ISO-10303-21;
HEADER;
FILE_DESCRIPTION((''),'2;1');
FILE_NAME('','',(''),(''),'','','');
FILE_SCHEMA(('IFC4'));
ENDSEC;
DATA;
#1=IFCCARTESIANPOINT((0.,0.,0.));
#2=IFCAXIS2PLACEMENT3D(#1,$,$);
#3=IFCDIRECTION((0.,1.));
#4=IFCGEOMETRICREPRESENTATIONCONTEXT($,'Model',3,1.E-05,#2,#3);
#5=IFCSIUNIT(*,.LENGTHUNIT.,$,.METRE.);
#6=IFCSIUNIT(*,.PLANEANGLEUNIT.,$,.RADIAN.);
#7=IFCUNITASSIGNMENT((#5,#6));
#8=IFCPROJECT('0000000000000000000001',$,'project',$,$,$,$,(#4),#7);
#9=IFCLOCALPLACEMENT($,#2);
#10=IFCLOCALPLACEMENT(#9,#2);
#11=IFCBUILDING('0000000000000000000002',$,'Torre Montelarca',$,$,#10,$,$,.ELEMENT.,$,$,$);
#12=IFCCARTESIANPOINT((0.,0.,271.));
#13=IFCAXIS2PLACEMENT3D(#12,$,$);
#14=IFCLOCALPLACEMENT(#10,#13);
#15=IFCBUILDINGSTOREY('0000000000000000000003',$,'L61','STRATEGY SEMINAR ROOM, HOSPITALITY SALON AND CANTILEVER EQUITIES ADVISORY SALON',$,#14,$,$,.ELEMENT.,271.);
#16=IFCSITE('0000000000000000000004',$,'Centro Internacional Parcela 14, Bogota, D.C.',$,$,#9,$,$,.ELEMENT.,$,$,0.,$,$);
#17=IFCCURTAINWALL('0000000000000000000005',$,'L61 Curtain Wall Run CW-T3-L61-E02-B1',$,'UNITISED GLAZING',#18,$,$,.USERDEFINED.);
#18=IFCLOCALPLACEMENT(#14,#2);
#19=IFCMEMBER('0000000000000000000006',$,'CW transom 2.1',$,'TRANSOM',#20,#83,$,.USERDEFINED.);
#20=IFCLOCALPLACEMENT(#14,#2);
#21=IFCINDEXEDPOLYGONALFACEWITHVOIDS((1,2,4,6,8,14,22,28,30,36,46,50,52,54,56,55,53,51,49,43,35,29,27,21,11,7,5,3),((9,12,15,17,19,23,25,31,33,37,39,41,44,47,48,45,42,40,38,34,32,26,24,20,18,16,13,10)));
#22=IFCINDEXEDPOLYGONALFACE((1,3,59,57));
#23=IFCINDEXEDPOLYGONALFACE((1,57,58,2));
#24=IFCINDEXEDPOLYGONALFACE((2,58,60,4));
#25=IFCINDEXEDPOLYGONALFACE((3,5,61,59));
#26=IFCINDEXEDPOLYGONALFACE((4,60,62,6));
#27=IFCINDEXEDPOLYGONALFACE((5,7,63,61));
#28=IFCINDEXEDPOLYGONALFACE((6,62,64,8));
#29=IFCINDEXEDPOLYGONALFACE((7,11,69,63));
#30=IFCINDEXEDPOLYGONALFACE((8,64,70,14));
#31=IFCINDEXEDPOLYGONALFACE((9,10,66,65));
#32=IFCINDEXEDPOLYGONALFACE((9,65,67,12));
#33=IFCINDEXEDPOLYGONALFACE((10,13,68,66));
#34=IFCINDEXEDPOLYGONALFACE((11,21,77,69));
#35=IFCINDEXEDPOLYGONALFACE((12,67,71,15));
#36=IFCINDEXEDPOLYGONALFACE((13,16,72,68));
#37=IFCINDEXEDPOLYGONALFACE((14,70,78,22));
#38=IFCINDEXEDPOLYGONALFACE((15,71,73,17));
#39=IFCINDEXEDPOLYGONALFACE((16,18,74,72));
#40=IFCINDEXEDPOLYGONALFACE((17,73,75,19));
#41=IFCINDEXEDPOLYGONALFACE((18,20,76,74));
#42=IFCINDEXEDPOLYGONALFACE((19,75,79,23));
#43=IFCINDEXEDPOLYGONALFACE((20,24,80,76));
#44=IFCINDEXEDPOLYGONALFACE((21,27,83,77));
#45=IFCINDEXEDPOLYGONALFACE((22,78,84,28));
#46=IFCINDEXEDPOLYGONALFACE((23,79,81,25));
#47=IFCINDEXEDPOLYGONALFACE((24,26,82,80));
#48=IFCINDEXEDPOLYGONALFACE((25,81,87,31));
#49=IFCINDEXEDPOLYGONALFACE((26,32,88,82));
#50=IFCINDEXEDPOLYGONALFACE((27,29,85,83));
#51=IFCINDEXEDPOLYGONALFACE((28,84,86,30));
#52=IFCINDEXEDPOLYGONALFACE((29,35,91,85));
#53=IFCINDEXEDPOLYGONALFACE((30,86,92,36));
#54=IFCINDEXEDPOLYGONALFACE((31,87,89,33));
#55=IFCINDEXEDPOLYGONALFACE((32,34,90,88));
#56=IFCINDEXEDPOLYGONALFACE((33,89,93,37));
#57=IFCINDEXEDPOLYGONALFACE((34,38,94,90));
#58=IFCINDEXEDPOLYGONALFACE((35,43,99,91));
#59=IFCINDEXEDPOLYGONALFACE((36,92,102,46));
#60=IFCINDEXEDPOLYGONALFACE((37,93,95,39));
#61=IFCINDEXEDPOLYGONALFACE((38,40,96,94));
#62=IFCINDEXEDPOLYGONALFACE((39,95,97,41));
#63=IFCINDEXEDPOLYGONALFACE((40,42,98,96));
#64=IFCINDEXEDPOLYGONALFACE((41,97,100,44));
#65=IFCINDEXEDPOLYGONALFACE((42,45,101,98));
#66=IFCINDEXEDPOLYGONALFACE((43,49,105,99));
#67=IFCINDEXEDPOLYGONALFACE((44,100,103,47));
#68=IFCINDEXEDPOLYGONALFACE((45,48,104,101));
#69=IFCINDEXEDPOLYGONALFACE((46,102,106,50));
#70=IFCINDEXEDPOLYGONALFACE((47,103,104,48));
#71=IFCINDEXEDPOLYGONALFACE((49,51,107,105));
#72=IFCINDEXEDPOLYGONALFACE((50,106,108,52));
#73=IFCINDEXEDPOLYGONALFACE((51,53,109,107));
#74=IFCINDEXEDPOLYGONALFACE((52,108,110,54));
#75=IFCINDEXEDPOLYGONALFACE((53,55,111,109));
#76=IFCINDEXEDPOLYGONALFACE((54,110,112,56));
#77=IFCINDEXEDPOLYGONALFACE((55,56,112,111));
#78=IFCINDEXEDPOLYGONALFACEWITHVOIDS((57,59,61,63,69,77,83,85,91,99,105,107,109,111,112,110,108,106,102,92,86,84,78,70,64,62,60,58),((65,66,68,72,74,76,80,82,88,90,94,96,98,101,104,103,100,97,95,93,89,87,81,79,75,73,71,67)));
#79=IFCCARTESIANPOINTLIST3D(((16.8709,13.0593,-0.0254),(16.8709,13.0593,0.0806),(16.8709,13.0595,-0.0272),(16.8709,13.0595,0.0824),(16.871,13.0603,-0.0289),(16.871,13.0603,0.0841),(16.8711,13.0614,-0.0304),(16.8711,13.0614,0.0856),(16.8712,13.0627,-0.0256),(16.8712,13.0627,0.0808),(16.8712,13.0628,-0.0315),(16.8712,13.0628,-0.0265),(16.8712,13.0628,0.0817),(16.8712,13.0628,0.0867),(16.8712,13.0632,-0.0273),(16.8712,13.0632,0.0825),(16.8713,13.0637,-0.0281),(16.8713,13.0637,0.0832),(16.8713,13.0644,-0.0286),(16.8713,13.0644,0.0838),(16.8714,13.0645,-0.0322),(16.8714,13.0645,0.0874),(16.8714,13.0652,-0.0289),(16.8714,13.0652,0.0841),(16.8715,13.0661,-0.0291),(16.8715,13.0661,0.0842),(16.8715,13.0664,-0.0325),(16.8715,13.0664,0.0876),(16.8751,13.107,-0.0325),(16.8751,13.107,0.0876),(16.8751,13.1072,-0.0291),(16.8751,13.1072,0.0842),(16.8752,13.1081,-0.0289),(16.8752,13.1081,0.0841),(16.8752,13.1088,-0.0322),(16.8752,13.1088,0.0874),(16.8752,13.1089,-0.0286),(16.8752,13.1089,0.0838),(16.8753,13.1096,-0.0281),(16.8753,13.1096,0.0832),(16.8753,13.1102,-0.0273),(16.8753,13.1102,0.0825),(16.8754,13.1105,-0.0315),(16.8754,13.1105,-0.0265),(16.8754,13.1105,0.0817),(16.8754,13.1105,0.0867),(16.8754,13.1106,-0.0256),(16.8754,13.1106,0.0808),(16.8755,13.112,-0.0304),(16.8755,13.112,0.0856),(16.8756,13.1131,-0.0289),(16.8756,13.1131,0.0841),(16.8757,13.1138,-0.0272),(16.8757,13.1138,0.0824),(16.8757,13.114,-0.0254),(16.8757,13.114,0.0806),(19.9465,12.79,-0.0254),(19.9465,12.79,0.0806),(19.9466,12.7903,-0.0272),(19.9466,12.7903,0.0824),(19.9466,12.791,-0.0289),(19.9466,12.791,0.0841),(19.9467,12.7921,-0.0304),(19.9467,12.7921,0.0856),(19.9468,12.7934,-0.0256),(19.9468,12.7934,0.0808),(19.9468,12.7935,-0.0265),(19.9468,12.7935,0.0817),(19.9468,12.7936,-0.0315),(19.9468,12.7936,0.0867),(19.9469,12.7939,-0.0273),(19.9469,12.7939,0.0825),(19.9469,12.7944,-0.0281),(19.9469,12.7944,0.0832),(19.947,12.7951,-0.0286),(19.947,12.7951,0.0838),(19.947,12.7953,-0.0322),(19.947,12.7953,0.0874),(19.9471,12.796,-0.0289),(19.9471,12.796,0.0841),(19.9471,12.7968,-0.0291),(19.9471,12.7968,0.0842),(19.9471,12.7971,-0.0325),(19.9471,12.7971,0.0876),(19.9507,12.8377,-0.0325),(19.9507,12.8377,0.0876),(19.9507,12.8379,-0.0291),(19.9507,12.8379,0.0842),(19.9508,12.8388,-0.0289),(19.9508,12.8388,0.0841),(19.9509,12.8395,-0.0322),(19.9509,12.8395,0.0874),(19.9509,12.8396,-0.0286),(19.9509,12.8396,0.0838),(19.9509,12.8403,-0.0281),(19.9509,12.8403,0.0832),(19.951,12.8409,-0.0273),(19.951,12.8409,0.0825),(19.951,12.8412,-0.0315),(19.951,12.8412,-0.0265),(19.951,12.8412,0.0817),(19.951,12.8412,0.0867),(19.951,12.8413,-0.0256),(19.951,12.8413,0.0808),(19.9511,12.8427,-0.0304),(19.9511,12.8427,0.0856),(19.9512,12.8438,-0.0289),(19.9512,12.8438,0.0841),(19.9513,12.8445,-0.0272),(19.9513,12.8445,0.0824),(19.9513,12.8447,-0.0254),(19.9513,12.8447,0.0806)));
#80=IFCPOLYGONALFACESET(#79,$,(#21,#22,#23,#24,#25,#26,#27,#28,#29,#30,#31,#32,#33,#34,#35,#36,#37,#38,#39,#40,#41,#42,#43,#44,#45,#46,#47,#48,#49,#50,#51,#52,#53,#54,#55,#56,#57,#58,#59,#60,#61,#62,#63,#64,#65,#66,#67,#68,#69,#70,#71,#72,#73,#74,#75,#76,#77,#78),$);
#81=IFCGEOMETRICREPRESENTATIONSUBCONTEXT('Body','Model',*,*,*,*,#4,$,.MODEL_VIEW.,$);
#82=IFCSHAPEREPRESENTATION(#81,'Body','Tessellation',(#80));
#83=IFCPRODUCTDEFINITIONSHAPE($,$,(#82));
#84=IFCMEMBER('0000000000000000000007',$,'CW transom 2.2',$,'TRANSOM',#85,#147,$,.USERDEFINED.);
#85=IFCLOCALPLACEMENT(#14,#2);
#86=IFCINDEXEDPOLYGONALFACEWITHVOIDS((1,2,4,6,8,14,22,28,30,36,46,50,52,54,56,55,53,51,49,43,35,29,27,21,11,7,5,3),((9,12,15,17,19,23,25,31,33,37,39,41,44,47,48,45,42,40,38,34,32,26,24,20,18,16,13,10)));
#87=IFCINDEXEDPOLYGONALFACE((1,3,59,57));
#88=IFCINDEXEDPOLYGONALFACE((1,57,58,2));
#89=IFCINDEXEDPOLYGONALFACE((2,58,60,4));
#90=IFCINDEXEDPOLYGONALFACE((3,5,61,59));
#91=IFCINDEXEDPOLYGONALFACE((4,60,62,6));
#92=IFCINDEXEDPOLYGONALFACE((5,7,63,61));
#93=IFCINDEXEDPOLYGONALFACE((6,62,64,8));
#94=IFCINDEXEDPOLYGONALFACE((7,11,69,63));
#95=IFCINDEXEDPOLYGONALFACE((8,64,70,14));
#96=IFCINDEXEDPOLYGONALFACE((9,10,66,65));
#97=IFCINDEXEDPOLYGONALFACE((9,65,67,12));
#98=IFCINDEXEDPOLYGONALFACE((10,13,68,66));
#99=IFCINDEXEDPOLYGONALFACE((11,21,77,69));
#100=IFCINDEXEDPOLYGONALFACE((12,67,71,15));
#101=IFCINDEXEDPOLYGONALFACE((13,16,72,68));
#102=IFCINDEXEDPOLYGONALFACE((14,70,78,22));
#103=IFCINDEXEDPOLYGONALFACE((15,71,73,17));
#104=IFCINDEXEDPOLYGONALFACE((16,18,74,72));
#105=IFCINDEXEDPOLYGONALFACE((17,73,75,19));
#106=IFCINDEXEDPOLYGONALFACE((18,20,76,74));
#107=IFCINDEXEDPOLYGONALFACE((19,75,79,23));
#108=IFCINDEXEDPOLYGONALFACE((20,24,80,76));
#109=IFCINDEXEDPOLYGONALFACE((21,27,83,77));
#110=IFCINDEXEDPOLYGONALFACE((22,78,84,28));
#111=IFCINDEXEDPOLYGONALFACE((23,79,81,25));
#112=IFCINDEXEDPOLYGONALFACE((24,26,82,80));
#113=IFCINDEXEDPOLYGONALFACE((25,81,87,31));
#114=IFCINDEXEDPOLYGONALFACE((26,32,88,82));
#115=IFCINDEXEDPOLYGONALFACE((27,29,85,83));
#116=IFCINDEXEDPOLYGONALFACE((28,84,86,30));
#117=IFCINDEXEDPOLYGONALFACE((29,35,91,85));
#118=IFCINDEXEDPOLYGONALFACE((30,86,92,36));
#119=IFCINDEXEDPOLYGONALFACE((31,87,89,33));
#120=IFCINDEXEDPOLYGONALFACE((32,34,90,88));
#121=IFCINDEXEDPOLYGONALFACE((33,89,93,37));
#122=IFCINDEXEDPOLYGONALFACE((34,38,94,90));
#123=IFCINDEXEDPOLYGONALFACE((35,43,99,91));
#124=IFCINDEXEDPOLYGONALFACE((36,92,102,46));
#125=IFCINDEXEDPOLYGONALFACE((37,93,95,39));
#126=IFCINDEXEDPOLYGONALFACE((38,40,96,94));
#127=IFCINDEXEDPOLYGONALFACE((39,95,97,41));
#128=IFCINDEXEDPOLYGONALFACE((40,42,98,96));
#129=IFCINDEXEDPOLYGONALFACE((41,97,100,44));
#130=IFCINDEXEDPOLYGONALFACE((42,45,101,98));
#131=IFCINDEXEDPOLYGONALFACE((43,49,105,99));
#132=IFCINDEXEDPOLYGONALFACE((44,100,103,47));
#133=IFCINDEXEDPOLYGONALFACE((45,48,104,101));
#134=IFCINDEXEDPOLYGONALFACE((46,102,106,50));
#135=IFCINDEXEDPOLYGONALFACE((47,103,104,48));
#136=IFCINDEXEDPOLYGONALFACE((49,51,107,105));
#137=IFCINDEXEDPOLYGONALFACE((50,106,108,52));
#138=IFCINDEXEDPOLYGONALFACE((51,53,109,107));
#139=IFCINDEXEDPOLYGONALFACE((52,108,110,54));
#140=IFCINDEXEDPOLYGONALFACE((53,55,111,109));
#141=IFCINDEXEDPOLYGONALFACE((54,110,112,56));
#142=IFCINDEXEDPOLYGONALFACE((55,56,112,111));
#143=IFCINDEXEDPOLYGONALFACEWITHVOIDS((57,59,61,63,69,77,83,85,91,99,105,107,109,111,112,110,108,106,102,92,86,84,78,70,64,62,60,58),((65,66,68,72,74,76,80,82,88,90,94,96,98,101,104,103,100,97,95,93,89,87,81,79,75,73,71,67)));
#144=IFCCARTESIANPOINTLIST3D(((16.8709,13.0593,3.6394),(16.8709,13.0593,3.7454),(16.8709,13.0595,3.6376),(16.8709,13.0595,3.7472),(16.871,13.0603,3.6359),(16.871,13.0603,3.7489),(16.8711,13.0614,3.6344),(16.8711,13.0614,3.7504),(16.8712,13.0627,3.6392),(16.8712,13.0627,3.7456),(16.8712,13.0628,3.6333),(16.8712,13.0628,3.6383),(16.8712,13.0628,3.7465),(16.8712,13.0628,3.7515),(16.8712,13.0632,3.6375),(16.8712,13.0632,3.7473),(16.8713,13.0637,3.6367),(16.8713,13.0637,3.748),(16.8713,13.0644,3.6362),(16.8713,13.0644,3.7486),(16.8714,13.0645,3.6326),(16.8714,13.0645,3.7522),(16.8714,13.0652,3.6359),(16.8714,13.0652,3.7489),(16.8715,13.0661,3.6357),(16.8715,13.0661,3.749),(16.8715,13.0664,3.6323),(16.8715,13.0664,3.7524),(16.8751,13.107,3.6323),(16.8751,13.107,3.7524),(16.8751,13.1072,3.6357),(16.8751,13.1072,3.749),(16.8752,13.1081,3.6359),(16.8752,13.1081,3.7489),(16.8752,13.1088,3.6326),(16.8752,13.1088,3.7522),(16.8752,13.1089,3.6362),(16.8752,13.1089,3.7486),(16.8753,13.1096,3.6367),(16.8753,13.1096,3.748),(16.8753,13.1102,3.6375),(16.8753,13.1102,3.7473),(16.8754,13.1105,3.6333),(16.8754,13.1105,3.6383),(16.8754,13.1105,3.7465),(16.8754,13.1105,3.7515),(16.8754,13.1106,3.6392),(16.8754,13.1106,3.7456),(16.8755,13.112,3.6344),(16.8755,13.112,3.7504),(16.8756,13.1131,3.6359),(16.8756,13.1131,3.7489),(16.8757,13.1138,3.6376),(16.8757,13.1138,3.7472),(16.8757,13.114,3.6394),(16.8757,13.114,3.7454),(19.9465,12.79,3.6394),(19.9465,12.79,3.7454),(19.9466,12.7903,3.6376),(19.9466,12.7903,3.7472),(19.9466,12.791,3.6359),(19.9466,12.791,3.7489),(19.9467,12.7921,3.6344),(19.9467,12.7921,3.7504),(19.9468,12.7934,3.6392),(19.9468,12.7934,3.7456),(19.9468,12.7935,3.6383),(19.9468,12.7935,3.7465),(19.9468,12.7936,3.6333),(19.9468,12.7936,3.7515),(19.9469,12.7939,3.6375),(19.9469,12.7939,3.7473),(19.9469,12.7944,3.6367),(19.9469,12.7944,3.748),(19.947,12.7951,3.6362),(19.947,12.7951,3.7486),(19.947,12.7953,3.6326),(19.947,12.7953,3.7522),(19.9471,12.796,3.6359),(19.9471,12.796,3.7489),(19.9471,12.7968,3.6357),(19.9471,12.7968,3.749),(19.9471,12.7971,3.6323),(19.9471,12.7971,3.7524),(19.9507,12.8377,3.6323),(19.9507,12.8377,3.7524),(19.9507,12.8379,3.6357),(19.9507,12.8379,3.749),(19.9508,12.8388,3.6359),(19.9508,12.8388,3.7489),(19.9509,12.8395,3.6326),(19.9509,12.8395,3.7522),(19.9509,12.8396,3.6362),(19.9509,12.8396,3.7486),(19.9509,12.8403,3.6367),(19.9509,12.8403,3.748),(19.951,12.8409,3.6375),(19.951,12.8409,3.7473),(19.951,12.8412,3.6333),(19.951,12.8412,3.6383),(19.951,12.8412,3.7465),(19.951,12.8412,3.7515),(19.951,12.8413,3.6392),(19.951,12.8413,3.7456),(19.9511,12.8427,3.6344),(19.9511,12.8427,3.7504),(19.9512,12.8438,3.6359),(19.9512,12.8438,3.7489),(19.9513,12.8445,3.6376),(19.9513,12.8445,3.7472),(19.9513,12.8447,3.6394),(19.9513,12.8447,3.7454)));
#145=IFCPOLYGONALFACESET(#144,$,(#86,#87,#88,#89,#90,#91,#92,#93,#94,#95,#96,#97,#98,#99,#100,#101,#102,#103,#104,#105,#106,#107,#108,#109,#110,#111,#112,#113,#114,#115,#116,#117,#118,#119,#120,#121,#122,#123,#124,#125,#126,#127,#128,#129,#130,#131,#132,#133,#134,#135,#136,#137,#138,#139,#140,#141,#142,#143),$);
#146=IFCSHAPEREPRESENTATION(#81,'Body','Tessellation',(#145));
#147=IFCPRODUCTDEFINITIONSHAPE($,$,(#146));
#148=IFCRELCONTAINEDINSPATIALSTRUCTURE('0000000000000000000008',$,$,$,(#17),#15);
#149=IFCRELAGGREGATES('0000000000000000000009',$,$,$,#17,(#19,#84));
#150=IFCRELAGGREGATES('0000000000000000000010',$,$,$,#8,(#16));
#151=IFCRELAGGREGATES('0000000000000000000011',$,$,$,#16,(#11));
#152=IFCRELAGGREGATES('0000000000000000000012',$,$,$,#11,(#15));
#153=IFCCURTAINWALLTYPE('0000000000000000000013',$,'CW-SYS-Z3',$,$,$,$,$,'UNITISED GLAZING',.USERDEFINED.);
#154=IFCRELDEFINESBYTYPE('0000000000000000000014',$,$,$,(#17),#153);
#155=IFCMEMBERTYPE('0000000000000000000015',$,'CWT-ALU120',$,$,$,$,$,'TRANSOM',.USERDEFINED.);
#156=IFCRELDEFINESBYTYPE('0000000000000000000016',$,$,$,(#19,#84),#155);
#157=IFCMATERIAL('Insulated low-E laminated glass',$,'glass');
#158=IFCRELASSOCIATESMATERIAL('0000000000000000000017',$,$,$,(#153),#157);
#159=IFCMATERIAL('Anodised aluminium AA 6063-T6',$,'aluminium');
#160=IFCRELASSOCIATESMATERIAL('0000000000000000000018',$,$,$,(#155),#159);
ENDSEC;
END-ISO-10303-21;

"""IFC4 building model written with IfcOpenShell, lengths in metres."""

from ifc_helpers import new_model, si_unit, direction, frame, origin, origin_2d, place, context, subcontext, project, spatial, hollow_rectangle, extrude, source, transform, mapped, material, material_profile, profile_set, type_object, element, aggregate, save


model = new_model("IFC4")

# Units and contexts
model_context = context("Model", 3, precision=1e-05, world=origin(), true_north=direction((0.0, 1.0)))
body_context = subcontext(model_context, "Body", "Model", "MODEL_VIEW")
ifc_project = project(units=[si_unit("LENGTHUNIT", "METRE"), si_unit("PLANEANGLEUNIT", "RADIAN")], contexts=[model_context])

# Site, building, storey
site_placement = place(None, origin())
site = spatial("IfcSite", under=ifc_project, at=site_placement, Name="Centro Internacional Parcela 14, Bogota, D.C.", CompositionType="ELEMENT", RefElevation=0.0)
building_placement = place(site_placement, origin())
building = spatial("IfcBuilding", under=site, at=building_placement, Name="Torre Montelarca", CompositionType="ELEMENT")
storey_placement = place(building_placement, frame((0.0, 0.0, 271.0)))
storey = spatial("IfcBuildingStorey", under=building, at=storey_placement, Name="L61", Description="STRATEGY SEMINAR ROOM, HOSPITALITY SALON AND CANTILEVER EQUITIES ADVISORY SALON", CompositionType="ELEMENT", Elevation=271.0)

# Curtain wall, members
ifc_material_1 = material(Name="Insulated low-E laminated glass", Category="glass")
curtain_wall_type = type_object("IfcCurtainWallType", Name="CW-SYS-Z3", ElementType="UNITISED GLAZING", PredefinedType="USERDEFINED", material=ifc_material_1)
curtain_wall_1_placement = place(storey_placement, origin())
curtain_wall_1 = element("IfcCurtainWall", 1, at=curtain_wall_1_placement, inside=storey, type_object=curtain_wall_type, Name="L61 Curtain Wall Run CW-T3-L61-E02-B1", ObjectType="UNITISED GLAZING", PredefinedType="USERDEFINED")
ifc_material_2 = material(Name="Anodised aluminium AA 6063-T6", Category="aluminium")
ifc_material_profile_1 = material_profile(ifc_material_2, hollow_rectangle(XDim=0.0549, YDim=0.1201, WallThickness=0.0034, InnerFilletRadius=0.0034, OuterFilletRadius=0.0071, at=origin_2d()), Name="ALU55X120X3.5", Category="aluminium")
ifc_profile_set_1 = profile_set([ifc_material_profile_1], Name="Anodised aluminium AA 6063-T6")
member_type_1 = type_object("IfcMemberType", Name="CWT-ALU120", ElementType="TRANSOM", PredefinedType="USERDEFINED", material=ifc_profile_set_1)
shared_shape_1 = source(origin(), body_context, "Body", "SweptSolid", [
    extrude(hollow_rectangle(XDim=0.0549, YDim=0.1201, WallThickness=0.0034, InnerFilletRadius=0.0034, OuterFilletRadius=0.0071, at=origin_2d()), origin(), (0.0, 0.0, 1.0), 3.0874),
])
member_1_placement = place(storey_placement, frame((16.8733, 13.0867, 0.0276), z_axis=(0.996189, -0.08722, 0.0), x_axis=(0.08722, 0.996189, 0.0)))
member_1 = element("IfcMember", 2, at=member_1_placement, type_object=member_type_1, Name="CW transom 2.1", ObjectType="TRANSOM", PredefinedType="USERDEFINED", context=body_context, shape_type="MappedRepresentation", body=[
    mapped(shared_shape_1, transform((0.0, 0.0, 0.0), scale=1.0)),
])
member_2_placement = place(storey_placement, frame((16.8733, 13.0867, 3.6924), z_axis=(0.996189, -0.08722, 0.0), x_axis=(0.08722, 0.996189, 0.0)))
member_2 = element("IfcMember", 3, at=member_2_placement, type_object=member_type_1, Name="CW transom 2.2", ObjectType="TRANSOM", PredefinedType="USERDEFINED", context=body_context, shape_type="MappedRepresentation", body=[
    mapped(shared_shape_1, transform((0.0, 0.0, 0.0), scale=1.0)),
])

aggregate(curtain_wall_1, [member_1, member_2])

save(model, "model.ifc")
